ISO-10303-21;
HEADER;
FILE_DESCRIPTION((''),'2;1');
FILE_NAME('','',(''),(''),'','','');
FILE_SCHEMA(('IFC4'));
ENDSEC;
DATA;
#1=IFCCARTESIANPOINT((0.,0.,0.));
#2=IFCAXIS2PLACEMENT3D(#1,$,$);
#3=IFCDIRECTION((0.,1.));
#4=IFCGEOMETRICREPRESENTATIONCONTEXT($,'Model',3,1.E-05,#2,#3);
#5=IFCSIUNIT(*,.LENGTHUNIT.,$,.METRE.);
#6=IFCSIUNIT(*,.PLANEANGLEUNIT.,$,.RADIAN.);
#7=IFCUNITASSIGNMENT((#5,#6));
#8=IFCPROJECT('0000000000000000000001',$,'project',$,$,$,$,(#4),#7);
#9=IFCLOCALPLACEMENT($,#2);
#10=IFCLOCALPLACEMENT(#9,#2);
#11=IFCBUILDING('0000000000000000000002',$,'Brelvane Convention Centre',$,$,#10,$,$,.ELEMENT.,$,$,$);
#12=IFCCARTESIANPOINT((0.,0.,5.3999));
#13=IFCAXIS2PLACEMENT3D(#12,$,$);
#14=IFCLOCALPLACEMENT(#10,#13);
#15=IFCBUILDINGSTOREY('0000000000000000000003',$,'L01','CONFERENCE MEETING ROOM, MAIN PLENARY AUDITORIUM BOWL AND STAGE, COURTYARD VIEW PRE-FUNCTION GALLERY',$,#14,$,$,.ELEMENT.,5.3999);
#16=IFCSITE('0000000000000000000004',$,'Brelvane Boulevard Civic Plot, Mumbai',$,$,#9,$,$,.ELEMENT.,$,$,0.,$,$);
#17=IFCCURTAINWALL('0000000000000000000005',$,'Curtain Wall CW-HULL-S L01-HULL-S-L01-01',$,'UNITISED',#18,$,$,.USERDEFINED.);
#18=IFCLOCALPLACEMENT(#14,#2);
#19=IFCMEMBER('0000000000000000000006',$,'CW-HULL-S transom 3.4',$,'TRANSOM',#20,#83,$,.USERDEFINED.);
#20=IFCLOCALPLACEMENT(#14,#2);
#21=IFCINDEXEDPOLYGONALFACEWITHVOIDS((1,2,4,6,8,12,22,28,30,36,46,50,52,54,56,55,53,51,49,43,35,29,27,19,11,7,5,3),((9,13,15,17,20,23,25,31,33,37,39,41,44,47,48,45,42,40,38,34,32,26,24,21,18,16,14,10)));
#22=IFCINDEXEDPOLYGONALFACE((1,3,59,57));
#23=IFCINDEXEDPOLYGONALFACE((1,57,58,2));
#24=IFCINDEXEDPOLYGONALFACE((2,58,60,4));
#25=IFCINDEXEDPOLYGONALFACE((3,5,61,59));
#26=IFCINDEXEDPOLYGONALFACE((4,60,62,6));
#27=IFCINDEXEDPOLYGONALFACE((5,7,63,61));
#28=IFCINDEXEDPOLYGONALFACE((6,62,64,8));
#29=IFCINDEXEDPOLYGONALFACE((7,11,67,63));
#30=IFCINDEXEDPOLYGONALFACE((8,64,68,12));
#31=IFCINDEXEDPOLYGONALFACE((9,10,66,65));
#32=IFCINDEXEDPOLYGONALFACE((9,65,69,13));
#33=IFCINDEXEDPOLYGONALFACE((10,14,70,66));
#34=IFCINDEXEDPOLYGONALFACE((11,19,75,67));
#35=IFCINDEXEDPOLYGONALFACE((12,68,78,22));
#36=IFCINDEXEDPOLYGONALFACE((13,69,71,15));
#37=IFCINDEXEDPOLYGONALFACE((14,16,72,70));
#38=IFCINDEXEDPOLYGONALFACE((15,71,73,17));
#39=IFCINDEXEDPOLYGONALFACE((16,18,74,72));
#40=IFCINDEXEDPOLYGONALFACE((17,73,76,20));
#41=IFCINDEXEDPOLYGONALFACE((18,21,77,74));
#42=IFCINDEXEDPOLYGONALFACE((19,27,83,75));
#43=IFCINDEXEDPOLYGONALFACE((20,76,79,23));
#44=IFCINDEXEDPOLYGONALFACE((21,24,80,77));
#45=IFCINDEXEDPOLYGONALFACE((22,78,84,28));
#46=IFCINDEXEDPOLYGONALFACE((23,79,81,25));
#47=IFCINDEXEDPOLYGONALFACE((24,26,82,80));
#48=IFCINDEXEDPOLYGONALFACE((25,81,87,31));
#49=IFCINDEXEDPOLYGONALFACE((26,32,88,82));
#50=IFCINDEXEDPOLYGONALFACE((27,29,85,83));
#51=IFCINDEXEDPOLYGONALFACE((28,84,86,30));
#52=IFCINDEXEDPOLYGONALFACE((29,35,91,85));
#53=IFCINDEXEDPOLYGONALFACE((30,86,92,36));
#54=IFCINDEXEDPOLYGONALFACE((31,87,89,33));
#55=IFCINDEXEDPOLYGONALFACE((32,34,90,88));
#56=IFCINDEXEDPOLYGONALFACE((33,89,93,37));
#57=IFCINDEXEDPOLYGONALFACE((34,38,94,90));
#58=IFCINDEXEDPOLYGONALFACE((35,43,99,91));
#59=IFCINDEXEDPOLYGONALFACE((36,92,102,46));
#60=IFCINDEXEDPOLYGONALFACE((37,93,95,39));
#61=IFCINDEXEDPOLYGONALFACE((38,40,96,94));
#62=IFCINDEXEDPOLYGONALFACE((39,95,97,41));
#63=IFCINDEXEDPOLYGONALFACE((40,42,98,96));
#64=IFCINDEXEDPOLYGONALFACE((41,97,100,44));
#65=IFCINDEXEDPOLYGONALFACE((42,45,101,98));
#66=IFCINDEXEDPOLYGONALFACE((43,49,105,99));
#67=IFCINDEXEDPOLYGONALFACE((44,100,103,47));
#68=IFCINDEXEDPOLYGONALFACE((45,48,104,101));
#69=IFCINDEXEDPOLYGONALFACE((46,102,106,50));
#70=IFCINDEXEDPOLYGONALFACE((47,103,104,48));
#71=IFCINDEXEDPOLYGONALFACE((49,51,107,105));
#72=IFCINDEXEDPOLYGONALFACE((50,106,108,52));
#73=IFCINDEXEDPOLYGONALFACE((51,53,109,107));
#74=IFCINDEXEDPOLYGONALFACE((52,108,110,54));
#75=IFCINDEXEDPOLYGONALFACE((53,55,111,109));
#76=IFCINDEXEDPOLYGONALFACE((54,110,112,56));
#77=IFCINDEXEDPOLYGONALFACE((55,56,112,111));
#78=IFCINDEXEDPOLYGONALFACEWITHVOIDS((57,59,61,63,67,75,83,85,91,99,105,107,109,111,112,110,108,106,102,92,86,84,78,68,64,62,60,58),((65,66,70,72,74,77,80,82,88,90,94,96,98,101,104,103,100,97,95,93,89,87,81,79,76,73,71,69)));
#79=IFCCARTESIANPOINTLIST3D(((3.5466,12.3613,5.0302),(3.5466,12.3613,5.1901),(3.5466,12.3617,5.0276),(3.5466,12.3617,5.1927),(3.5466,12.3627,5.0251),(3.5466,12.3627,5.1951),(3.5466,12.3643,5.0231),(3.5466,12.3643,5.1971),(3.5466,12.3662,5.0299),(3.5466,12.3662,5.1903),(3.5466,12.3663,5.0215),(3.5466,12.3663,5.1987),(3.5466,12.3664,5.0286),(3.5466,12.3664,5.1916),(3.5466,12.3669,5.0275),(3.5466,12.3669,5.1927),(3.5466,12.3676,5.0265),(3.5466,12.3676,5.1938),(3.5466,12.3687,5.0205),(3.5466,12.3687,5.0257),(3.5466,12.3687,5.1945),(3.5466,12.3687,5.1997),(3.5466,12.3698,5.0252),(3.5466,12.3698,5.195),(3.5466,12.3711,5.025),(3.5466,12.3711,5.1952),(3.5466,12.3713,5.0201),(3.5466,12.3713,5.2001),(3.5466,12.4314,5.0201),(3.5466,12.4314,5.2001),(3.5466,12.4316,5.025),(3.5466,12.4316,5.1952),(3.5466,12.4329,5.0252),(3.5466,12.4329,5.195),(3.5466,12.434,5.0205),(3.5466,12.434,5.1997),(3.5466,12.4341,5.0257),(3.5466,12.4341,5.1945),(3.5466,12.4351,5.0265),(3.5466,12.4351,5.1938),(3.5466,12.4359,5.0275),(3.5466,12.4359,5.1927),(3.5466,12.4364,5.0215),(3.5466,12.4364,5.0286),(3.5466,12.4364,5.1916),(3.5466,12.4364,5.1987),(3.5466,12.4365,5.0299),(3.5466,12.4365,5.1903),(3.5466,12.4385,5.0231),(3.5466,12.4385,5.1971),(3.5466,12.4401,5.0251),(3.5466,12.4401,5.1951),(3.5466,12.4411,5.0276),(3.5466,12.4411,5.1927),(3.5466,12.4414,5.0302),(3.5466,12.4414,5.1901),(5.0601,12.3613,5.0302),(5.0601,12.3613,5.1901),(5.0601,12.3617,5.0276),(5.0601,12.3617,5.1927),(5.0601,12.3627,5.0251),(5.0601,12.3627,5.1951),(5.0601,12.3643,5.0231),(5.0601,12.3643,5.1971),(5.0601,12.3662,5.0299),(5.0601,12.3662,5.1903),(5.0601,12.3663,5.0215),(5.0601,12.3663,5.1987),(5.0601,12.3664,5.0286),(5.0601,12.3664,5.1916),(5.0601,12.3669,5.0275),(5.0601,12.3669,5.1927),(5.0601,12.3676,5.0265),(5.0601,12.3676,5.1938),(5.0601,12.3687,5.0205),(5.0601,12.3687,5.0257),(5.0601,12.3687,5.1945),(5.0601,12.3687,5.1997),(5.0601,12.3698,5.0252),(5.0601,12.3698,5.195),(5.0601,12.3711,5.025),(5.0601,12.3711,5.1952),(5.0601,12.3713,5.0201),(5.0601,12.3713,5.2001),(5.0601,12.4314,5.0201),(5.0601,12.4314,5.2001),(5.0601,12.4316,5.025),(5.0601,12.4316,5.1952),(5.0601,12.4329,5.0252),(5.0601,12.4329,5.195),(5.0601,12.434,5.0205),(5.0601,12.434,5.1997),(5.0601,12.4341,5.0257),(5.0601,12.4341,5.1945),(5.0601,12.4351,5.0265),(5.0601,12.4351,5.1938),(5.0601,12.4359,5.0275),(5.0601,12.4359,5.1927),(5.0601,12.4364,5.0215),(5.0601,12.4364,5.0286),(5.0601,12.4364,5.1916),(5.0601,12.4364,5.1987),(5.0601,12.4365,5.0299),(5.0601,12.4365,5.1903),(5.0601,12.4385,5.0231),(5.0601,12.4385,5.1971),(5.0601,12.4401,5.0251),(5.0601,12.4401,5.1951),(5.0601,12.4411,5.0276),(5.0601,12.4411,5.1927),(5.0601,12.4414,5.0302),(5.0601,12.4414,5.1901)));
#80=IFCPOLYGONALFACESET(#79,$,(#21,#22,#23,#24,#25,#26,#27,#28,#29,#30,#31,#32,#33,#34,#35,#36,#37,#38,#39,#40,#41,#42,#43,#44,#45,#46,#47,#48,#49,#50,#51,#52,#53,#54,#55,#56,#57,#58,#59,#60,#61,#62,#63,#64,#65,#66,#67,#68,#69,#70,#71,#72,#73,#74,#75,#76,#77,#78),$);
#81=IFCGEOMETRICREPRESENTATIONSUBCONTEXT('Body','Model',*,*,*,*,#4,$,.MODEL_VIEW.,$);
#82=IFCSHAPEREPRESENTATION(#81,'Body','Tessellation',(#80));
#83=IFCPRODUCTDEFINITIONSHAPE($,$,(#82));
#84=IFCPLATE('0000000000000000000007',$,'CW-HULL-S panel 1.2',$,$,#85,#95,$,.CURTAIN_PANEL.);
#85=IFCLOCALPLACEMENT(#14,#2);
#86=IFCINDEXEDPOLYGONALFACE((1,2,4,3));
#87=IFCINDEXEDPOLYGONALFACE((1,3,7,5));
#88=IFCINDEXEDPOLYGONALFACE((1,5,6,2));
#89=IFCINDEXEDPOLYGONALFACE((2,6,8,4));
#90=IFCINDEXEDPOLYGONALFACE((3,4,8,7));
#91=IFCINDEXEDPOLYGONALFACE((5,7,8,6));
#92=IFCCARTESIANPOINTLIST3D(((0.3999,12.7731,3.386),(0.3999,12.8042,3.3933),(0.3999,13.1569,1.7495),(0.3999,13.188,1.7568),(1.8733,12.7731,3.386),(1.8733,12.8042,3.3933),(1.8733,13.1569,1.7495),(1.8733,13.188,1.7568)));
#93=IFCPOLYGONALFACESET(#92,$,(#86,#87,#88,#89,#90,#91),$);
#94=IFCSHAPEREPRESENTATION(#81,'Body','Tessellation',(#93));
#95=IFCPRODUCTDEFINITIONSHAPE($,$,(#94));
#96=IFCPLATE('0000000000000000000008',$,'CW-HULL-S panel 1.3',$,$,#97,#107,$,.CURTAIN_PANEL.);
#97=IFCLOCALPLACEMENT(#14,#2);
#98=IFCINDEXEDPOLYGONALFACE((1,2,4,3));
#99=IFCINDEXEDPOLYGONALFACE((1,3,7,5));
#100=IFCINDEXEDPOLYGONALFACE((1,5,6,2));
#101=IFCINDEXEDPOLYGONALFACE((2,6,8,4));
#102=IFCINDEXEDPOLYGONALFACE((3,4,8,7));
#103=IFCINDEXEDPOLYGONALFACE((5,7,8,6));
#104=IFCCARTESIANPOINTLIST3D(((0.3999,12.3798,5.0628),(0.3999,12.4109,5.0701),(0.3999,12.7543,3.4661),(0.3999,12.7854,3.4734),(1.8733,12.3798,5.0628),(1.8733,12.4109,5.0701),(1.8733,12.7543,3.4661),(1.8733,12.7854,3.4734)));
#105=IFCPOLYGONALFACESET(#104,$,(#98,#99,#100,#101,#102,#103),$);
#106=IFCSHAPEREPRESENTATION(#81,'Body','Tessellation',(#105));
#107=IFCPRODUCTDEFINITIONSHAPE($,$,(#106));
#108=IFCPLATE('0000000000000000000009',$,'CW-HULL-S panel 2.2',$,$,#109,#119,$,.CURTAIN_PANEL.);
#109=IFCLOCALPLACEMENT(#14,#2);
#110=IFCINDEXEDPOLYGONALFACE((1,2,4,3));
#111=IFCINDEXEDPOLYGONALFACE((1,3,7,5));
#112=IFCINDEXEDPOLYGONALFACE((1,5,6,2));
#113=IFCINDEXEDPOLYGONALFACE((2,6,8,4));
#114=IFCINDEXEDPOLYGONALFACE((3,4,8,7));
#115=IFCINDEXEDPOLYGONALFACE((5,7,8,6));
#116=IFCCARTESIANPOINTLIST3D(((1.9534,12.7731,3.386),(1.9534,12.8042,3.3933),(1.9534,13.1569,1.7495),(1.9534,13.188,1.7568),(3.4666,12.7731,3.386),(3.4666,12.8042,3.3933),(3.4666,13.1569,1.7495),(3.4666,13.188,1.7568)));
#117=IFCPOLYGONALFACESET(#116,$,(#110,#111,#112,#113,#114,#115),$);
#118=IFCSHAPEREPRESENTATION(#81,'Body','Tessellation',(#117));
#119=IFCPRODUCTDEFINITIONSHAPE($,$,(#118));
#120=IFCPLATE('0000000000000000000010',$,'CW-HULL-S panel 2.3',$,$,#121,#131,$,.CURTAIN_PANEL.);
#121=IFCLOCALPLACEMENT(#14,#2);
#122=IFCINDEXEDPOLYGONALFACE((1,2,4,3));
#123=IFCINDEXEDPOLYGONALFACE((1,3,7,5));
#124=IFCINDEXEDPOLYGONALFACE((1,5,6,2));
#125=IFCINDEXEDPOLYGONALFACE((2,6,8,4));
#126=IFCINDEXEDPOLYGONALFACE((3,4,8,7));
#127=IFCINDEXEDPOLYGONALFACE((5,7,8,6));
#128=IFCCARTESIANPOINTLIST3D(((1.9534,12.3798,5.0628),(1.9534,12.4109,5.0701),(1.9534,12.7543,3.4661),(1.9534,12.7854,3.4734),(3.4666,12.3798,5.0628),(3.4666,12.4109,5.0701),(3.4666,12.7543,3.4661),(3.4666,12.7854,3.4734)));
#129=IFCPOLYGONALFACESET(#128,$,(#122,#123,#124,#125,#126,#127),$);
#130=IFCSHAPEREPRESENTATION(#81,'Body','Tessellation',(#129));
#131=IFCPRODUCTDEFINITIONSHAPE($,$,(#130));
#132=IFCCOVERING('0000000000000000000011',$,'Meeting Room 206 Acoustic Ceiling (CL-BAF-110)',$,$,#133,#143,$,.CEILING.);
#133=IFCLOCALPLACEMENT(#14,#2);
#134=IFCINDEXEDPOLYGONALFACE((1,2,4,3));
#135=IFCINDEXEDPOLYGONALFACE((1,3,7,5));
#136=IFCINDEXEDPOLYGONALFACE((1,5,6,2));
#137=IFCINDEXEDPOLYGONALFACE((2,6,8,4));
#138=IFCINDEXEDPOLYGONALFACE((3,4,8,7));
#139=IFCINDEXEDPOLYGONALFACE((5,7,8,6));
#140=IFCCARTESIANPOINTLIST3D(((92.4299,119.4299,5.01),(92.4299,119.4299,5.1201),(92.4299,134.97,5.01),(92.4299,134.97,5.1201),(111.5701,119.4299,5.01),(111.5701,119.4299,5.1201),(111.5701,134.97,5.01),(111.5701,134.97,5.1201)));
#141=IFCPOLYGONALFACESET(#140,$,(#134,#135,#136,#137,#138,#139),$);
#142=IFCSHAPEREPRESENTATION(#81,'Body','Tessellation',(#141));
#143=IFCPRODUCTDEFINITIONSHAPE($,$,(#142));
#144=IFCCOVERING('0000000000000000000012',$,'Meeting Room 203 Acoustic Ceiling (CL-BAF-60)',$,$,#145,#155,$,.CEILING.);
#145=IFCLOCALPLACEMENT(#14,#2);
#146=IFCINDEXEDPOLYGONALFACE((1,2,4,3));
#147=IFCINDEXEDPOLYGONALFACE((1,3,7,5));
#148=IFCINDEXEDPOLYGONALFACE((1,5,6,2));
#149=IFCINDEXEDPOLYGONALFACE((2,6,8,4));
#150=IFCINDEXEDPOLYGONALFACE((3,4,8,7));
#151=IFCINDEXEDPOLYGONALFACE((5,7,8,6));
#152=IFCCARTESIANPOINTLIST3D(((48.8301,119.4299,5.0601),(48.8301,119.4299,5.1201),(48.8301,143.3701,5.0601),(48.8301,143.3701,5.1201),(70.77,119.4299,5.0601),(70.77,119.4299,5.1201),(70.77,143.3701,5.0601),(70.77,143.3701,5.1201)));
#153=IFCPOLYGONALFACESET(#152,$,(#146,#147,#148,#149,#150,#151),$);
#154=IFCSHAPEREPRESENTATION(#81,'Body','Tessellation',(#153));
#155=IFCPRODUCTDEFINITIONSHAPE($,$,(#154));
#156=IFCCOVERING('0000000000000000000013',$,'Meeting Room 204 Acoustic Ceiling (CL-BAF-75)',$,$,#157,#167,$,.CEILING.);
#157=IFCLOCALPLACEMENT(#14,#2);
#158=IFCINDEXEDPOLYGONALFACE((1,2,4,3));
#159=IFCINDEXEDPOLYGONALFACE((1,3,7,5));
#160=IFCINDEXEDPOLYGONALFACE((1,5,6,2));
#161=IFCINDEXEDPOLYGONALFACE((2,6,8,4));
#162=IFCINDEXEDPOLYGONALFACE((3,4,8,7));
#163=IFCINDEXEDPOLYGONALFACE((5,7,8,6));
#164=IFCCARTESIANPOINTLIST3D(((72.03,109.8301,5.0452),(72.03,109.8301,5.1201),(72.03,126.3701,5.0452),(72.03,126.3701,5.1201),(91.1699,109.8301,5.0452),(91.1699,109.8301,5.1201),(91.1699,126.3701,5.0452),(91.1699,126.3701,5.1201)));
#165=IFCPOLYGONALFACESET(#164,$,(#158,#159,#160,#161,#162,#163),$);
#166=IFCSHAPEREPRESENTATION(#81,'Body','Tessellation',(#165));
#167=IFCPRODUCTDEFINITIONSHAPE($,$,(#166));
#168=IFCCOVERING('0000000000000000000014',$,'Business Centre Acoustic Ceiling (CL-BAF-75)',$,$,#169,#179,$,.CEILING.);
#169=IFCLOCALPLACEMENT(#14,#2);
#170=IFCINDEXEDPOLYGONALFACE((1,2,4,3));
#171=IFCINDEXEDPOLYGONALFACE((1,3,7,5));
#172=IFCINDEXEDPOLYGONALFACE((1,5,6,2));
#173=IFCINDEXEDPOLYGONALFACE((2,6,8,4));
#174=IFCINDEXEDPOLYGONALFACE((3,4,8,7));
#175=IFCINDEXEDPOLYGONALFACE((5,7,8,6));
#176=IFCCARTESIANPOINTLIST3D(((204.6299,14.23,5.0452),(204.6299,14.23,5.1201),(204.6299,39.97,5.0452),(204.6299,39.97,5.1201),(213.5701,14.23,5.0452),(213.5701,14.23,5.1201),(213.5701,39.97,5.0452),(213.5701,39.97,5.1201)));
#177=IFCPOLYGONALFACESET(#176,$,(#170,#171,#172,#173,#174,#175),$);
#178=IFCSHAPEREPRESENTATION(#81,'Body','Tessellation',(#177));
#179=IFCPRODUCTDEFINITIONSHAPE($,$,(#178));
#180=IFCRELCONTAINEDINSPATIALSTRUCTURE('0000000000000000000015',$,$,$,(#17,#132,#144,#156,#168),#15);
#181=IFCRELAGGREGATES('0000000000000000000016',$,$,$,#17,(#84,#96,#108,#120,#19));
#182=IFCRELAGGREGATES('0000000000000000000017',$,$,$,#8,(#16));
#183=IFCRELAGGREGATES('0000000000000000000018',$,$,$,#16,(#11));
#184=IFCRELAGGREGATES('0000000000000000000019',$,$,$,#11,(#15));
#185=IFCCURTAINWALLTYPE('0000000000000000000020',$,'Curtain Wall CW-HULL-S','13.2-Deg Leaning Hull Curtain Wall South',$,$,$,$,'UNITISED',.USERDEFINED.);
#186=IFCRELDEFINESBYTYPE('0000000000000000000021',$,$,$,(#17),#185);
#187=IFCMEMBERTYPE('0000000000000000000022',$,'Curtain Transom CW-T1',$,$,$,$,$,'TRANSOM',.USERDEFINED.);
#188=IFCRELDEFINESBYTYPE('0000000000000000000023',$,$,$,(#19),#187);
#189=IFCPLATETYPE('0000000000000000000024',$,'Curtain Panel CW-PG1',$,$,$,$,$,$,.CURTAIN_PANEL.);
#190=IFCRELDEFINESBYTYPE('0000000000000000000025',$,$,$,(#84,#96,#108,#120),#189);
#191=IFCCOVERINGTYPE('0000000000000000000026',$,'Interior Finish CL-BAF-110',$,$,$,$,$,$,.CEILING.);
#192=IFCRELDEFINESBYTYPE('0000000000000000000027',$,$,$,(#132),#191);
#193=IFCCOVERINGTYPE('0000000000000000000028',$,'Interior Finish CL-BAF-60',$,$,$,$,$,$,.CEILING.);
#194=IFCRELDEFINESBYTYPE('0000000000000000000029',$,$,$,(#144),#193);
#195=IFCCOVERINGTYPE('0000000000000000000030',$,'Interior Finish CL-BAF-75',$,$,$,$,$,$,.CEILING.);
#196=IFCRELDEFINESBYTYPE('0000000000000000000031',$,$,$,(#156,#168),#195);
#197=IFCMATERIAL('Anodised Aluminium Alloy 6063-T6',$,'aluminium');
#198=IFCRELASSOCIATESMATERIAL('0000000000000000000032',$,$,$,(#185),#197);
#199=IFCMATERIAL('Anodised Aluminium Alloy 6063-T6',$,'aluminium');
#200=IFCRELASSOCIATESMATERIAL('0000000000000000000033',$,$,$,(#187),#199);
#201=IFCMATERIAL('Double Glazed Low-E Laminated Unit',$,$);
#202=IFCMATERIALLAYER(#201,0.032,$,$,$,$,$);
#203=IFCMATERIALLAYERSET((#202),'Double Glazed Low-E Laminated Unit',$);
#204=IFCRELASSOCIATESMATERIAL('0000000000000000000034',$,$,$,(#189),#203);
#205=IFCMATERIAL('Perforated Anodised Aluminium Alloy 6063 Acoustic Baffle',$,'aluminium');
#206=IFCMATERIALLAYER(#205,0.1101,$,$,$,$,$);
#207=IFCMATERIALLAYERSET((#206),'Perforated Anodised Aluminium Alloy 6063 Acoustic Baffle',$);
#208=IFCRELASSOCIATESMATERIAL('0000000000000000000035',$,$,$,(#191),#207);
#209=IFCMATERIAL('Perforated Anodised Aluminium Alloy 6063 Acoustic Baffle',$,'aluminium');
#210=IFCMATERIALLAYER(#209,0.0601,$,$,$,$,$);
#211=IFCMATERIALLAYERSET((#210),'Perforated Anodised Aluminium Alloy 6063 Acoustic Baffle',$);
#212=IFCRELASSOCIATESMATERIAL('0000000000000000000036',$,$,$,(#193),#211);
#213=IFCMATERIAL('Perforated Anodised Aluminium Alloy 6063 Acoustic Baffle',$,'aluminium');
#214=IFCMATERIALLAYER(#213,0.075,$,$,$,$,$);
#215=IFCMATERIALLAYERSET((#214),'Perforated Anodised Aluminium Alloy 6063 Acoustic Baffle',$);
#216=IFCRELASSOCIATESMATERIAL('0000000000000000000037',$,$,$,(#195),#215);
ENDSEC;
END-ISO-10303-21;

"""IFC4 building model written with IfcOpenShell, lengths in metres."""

from ifc_helpers import new_model, si_unit, direction, frame, origin, origin_2d, place, context, subcontext, project, spatial, polyline, hollow_rectangle, outline, extrude, material, layer, layer_set, material_profile, profile_set, type_object, element, aggregate, save


model = new_model("IFC4")

# Units and contexts
model_context = context("Model", 3, precision=1e-05, world=origin(), true_north=direction((0.0, 1.0)))
body_context = subcontext(model_context, "Body", "Model", "MODEL_VIEW")
ifc_project = project(units=[si_unit("LENGTHUNIT", "METRE"), si_unit("PLANEANGLEUNIT", "RADIAN")], contexts=[model_context])

# Site, building, storey
site_placement = place(None, origin())
site = spatial("IfcSite", under=ifc_project, at=site_placement, Name="Brelvane Boulevard Civic Plot, Mumbai", CompositionType="ELEMENT", RefElevation=0.0)
building_placement = place(site_placement, origin())
building = spatial("IfcBuilding", under=site, at=building_placement, Name="Brelvane Convention Centre", CompositionType="ELEMENT")
storey_placement = place(building_placement, frame((0.0, 0.0, 5.3999)))
storey = spatial("IfcBuildingStorey", under=building, at=storey_placement, Name="L01", Description="CONFERENCE MEETING ROOM, MAIN PLENARY AUDITORIUM BOWL AND STAGE, COURTYARD VIEW PRE-FUNCTION GALLERY", CompositionType="ELEMENT", Elevation=5.3999)

# Curtain wall, member, plates
ifc_material_1 = material(Name="Anodised Aluminium Alloy 6063-T6", Category="aluminium")
curtain_wall_type = type_object("IfcCurtainWallType", Name="Curtain Wall CW-HULL-S", Description="13.2-Deg Leaning Hull Curtain Wall South", ElementType="UNITISED", PredefinedType="USERDEFINED", material=ifc_material_1)
curtain_wall_placement = place(storey_placement, origin())
curtain_wall = element("IfcCurtainWall", 1, at=curtain_wall_placement, inside=storey, type_object=curtain_wall_type, Name="Curtain Wall CW-HULL-S L01-HULL-S-L01-01", ObjectType="UNITISED", PredefinedType="USERDEFINED")
ifc_material_2 = material(Name="Anodised Aluminium Alloy 6063-T6", Category="aluminium")
ifc_material_profile = material_profile(ifc_material_2, hollow_rectangle(XDim=0.0801, YDim=0.1799, WallThickness=0.0049, InnerFilletRadius=0.0049, OuterFilletRadius=0.01, at=origin_2d()), Name="ALU-T 180x80x5.0")
ifc_profile_set = profile_set([ifc_material_profile], Name="Anodised Aluminium Alloy 6063-T6")
member_type = type_object("IfcMemberType", Name="Curtain Transom CW-T1", ElementType="TRANSOM", PredefinedType="USERDEFINED", material=ifc_profile_set)
member_1_placement = place(storey_placement, frame((3.5466, 12.4014, 5.1101), z_axis=(1.0, 0.0, 0.0), x_axis=(0.0, 1.0, 0.0)))
member_1 = element("IfcMember", 2, at=member_1_placement, type_object=member_type, Name="CW-HULL-S transom 3.4", ObjectType="TRANSOM", PredefinedType="USERDEFINED", context=body_context, shape_type="SweptSolid", body=[
    extrude(hollow_rectangle(XDim=0.0801, YDim=0.1799, WallThickness=0.0049, InnerFilletRadius=0.0049, OuterFilletRadius=0.01, at=origin_2d()), origin(), (0.0, 0.0, 1.0), 1.5134),
])
ifc_material_3 = material(Name="Double Glazed Low-E Laminated Unit")
ifc_layer_1 = layer(ifc_material_3, 0.032)
ifc_layer_set_1 = layer_set([ifc_layer_1], Name="Double Glazed Low-E Laminated Unit")
plate_type = type_object("IfcPlateType", Name="Curtain Panel CW-PG1", PredefinedType="CURTAIN_PANEL", material=ifc_layer_set_1)
plate_1_placement = place(storey_placement, frame((0.3999, 13.188, 1.7568), z_axis=(0.0, 0.973585, 0.228327), x_axis=(1.0, 0.0, 0.0)))
plate_1 = element("IfcPlate", 3, at=plate_1_placement, type_object=plate_type, Name="CW-HULL-S panel 1.2", PredefinedType="CURTAIN_PANEL", context=body_context, shape_type="SweptSolid", body=[
    extrude(outline(polyline([(0.0, 0.0), (1.4734, 0.0), (1.4734, -1.6809), (0.0, -1.6809), (0.0, 0.0)])), origin(), (0.0, 0.0, -1.0), 0.032),
])
plate_2_placement = place(storey_placement, frame((0.3999, 12.7854, 3.4734), z_axis=(0.0, 0.973577, 0.228359), x_axis=(1.0, 0.0, 0.0)))
plate_2 = element("IfcPlate", 4, at=plate_2_placement, type_object=plate_type, Name="CW-HULL-S panel 1.3", PredefinedType="CURTAIN_PANEL", context=body_context, shape_type="SweptSolid", body=[
    extrude(outline(polyline([(0.0, 0.0), (1.4734, 0.0), (1.4734, -1.64), (0.0, -1.64), (0.0, 0.0)])), origin(), (0.0, 0.0, -1.0), 0.032),
])
plate_3_placement = place(storey_placement, frame((1.9534, 13.188, 1.7568), z_axis=(0.0, 0.973585, 0.228327), x_axis=(1.0, 0.0, 0.0)))
plate_3 = element("IfcPlate", 5, at=plate_3_placement, type_object=plate_type, Name="CW-HULL-S panel 2.2", PredefinedType="CURTAIN_PANEL", context=body_context, shape_type="SweptSolid", body=[
    extrude(outline(polyline([(0.0, 0.0), (1.5132, 0.0), (1.5132, -1.6809), (0.0, -1.6809), (0.0, 0.0)])), origin(), (0.0, 0.0, -1.0), 0.032),
])
plate_4_placement = place(storey_placement, frame((1.9534, 12.7854, 3.4734), z_axis=(0.0, 0.973577, 0.228359), x_axis=(1.0, 0.0, 0.0)))
plate_4 = element("IfcPlate", 6, at=plate_4_placement, type_object=plate_type, Name="CW-HULL-S panel 2.3", PredefinedType="CURTAIN_PANEL", context=body_context, shape_type="SweptSolid", body=[
    extrude(outline(polyline([(0.0, 0.0), (1.5132, 0.0), (1.5132, -1.64), (0.0, -1.64), (0.0, 0.0)])), origin(), (0.0, 0.0, -1.0), 0.032),
])
aggregate(curtain_wall, [plate_1, plate_2, plate_3, plate_4, member_1])

# Coverings
ifc_material_4 = material(Name="Perforated Anodised Aluminium Alloy 6063 Acoustic Baffle", Category="aluminium")
ifc_layer_2 = layer(ifc_material_4, 0.1101)
ifc_layer_set_2 = layer_set([ifc_layer_2], Name="Perforated Anodised Aluminium Alloy 6063 Acoustic Baffle")
covering_type_1 = type_object("IfcCoveringType", Name="Interior Finish CL-BAF-110", PredefinedType="CEILING", material=ifc_layer_set_2)
covering_1_placement = place(storey_placement, frame((0.0, 0.0, 5.01)))
element("IfcCovering", 7, at=covering_1_placement, inside=storey, type_object=covering_type_1, Name="Meeting Room 206 Acoustic Ceiling (CL-BAF-110)", PredefinedType="CEILING", context=body_context, shape_type="SweptSolid", body=[
    extrude(outline(polyline([(92.4299, 119.4299), (111.5701, 119.4299), (111.5701, 134.97), (92.4299, 134.97), (92.4299, 119.4299)])), origin(), (0.0, 0.0, 1.0), 0.1101),
])
ifc_material_5 = material(Name="Perforated Anodised Aluminium Alloy 6063 Acoustic Baffle", Category="aluminium")
ifc_layer_3 = layer(ifc_material_5, 0.0601)
ifc_layer_set_3 = layer_set([ifc_layer_3], Name="Perforated Anodised Aluminium Alloy 6063 Acoustic Baffle")
covering_type_2 = type_object("IfcCoveringType", Name="Interior Finish CL-BAF-60", PredefinedType="CEILING", material=ifc_layer_set_3)
covering_2_placement = place(storey_placement, frame((0.0, 0.0, 5.0601)))
element("IfcCovering", 8, at=covering_2_placement, inside=storey, type_object=covering_type_2, Name="Meeting Room 203 Acoustic Ceiling (CL-BAF-60)", PredefinedType="CEILING", context=body_context, shape_type="SweptSolid", body=[
    extrude(outline(polyline([(48.8301, 119.4299), (70.77, 119.4299), (70.77, 143.3701), (48.8301, 143.3701), (48.8301, 119.4299)])), origin(), (0.0, 0.0, 1.0), 0.0601),
])
ifc_material_6 = material(Name="Perforated Anodised Aluminium Alloy 6063 Acoustic Baffle", Category="aluminium")
ifc_layer_4 = layer(ifc_material_6, 0.075)
ifc_layer_set_4 = layer_set([ifc_layer_4], Name="Perforated Anodised Aluminium Alloy 6063 Acoustic Baffle")
covering_type_3 = type_object("IfcCoveringType", Name="Interior Finish CL-BAF-75", PredefinedType="CEILING", material=ifc_layer_set_4)
covering_3_placement = place(storey_placement, frame((0.0, 0.0, 5.0452)))
element("IfcCovering", 9, at=covering_3_placement, inside=storey, type_object=covering_type_3, Name="Meeting Room 204 Acoustic Ceiling (CL-BAF-75)", PredefinedType="CEILING", context=body_context, shape_type="SweptSolid", body=[
    extrude(outline(polyline([(72.03, 109.8301), (91.1699, 109.8301), (91.1699, 126.3701), (72.03, 126.3701), (72.03, 109.8301)])), origin(), (0.0, 0.0, 1.0), 0.075),
])
covering_4_placement = place(storey_placement, frame((0.0, 0.0, 5.0452)))
element("IfcCovering", 10, at=covering_4_placement, inside=storey, type_object=covering_type_3, Name="Business Centre Acoustic Ceiling (CL-BAF-75)", PredefinedType="CEILING", context=body_context, shape_type="SweptSolid", body=[
    extrude(outline(polyline([(204.6299, 14.23), (213.5701, 14.23), (213.5701, 39.97), (204.6299, 39.97), (204.6299, 14.23)])), origin(), (0.0, 0.0, 1.0), 0.075),
])

save(model, "model.ifc")
